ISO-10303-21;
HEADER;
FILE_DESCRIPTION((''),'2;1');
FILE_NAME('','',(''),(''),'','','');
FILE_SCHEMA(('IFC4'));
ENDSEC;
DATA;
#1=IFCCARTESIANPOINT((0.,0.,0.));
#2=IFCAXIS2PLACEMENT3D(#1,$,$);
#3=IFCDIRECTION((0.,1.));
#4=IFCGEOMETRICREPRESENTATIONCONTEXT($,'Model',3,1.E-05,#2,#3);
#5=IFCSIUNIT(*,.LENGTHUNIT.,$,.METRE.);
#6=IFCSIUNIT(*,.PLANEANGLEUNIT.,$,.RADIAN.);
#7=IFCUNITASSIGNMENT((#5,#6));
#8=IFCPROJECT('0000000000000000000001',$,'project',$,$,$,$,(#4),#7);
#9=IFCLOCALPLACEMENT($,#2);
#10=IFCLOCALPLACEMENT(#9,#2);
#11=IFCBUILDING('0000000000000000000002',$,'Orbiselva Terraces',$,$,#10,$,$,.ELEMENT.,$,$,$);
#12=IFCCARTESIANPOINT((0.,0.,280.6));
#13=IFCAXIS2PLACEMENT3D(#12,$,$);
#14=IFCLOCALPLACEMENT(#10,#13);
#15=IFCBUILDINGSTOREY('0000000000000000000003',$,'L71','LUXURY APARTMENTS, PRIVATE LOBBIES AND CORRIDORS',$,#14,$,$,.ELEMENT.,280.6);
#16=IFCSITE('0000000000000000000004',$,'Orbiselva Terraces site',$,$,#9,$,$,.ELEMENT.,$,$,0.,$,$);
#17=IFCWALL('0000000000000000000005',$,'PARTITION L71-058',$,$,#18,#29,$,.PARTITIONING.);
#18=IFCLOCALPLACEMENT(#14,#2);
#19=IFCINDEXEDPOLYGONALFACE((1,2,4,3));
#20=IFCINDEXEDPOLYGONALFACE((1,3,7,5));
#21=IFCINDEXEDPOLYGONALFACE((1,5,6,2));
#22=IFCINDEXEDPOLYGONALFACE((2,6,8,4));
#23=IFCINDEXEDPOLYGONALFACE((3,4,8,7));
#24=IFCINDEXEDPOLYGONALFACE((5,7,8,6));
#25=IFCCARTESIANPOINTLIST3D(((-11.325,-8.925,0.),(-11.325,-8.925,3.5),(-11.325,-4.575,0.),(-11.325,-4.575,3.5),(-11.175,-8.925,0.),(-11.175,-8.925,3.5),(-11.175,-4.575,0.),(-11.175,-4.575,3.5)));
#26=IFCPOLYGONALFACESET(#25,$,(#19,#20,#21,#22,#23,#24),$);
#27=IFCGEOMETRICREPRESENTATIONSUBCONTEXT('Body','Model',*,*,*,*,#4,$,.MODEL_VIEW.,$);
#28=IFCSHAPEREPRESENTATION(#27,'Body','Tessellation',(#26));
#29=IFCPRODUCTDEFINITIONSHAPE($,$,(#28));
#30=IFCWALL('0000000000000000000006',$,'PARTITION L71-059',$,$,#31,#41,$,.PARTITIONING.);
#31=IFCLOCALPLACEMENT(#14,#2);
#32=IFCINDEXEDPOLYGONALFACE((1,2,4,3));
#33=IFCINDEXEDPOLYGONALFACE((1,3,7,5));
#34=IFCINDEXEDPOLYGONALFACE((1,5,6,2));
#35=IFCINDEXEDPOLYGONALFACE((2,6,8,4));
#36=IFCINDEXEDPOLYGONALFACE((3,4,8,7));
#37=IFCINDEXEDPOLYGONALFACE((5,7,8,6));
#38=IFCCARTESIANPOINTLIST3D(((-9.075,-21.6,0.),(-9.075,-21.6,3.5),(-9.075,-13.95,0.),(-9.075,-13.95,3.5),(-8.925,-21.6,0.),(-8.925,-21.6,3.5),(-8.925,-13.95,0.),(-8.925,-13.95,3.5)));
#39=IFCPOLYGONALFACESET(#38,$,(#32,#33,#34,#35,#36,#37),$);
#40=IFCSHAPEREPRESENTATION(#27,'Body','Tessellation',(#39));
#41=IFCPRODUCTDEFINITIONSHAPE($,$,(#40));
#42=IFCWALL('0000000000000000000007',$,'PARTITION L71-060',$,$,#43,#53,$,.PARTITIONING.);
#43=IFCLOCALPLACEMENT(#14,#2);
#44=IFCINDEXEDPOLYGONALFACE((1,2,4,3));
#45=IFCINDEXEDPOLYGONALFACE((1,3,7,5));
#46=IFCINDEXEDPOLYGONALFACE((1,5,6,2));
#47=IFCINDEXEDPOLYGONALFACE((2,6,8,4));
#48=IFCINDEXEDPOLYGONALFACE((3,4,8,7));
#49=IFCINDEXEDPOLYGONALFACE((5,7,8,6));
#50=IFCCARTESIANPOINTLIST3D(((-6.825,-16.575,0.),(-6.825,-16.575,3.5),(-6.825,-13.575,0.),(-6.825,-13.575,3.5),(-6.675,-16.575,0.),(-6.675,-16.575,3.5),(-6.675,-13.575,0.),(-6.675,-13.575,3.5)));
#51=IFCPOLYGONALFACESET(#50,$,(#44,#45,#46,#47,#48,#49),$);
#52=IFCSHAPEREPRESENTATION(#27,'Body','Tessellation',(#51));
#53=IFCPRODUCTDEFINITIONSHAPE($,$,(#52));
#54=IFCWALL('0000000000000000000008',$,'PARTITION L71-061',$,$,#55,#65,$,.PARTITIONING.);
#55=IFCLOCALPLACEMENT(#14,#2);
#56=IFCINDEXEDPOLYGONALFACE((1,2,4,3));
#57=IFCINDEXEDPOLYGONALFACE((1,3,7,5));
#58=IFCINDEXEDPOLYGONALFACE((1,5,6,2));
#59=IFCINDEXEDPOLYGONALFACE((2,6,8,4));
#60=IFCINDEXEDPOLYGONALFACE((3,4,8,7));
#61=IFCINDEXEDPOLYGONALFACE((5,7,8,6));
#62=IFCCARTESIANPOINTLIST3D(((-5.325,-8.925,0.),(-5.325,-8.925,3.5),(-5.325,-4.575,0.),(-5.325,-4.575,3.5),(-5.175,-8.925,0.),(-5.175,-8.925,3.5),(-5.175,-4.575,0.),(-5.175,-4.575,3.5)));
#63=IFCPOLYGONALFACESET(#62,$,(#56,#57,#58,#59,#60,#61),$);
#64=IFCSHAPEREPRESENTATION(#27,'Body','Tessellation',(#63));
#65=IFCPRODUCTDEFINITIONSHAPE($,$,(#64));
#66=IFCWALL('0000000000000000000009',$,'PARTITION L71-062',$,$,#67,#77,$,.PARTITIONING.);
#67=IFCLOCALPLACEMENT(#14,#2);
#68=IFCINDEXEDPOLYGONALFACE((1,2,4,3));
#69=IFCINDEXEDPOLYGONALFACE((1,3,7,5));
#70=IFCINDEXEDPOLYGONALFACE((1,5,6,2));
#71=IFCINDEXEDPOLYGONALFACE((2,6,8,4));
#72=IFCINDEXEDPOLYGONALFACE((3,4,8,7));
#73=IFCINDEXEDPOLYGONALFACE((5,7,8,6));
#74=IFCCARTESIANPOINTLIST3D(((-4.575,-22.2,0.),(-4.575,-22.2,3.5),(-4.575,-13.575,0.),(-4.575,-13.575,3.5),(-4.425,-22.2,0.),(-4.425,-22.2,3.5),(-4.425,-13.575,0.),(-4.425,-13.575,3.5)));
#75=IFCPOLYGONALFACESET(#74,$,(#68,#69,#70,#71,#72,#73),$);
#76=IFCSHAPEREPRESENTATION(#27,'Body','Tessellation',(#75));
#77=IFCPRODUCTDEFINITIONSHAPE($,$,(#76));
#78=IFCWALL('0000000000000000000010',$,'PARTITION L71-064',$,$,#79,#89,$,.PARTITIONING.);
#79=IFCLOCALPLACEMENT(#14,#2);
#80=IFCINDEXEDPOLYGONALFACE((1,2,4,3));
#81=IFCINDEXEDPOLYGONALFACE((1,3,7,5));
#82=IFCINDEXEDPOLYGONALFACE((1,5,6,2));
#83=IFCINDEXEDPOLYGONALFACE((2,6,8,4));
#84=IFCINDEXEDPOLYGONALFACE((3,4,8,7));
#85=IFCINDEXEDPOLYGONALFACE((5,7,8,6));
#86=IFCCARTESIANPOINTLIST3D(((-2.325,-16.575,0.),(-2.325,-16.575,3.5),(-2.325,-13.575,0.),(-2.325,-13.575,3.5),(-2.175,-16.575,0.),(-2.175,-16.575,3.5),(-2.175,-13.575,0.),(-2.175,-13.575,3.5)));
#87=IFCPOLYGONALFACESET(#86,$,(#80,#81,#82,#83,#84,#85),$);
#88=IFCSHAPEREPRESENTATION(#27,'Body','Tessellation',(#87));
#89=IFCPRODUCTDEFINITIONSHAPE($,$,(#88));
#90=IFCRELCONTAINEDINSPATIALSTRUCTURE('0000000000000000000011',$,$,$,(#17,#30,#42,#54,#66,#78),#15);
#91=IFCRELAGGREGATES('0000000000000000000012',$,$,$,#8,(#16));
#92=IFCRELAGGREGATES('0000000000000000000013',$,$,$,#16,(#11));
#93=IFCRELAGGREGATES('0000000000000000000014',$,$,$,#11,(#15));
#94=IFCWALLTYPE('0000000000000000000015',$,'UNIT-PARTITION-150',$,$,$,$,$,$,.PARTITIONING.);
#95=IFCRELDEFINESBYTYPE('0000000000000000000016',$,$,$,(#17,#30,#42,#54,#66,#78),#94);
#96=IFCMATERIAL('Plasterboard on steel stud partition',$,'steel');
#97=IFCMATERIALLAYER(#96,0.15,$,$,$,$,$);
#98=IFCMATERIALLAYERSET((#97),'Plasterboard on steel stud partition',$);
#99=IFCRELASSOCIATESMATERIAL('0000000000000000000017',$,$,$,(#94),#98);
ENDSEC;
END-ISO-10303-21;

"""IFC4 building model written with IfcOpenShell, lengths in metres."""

from ifc_helpers import new_model, si_unit, direction, frame, frame_2d, origin, place, context, subcontext, project, spatial, rectangle, extrude, material, layer, layer_set, type_object, element, save


model = new_model("IFC4")

# Units and contexts
model_context = context("Model", 3, precision=1e-05, world=origin(), true_north=direction((0.0, 1.0)))
body_context = subcontext(model_context, "Body", "Model", "MODEL_VIEW")
ifc_project = project(units=[si_unit("LENGTHUNIT", "METRE"), si_unit("PLANEANGLEUNIT", "RADIAN")], contexts=[model_context])

# Site, building, storey
site_placement = place(None, origin())
site = spatial("IfcSite", under=ifc_project, at=site_placement, Name="Orbiselva Terraces site", CompositionType="ELEMENT", RefElevation=0.0)
building_placement = place(site_placement, origin())
building = spatial("IfcBuilding", under=site, at=building_placement, Name="Orbiselva Terraces", CompositionType="ELEMENT")
storey_placement = place(building_placement, frame((0.0, 0.0, 280.6)))
storey = spatial("IfcBuildingStorey", under=building, at=storey_placement, Name="L71", Description="LUXURY APARTMENTS, PRIVATE LOBBIES AND CORRIDORS", CompositionType="ELEMENT", Elevation=280.6)

# Shared definitions
ifc_material_1 = material(Name="Plasterboard on steel stud partition", Category="steel")
ifc_layer_1 = layer(ifc_material_1, 0.15)
ifc_layer_set_1 = layer_set([ifc_layer_1], Name="Plasterboard on steel stud partition")
wall_type_1 = type_object("IfcWallType", Name="UNIT-PARTITION-150", PredefinedType="PARTITIONING", material=ifc_layer_set_1)

# Walls
wall_1_placement = place(storey_placement, frame((-11.25, -8.925, 0.0), z_axis=(0.0, 0.0, 1.0), x_axis=(0.0, 1.0, 0.0)))
element("IfcWall", 1, at=wall_1_placement, inside=storey, type_object=wall_type_1, Name="PARTITION L71-058", PredefinedType="PARTITIONING", context=body_context, shape_type="SweptSolid", body=[
    extrude(rectangle(XDim=4.35, YDim=0.15, at=frame_2d((2.175, 0.0))), origin(), (0.0, 0.0, 1.0), 3.5),
])
wall_2_placement = place(storey_placement, frame((-9.0, -21.6, 0.0), z_axis=(0.0, 0.0, 1.0), x_axis=(0.0, 1.0, 0.0)))
element("IfcWall", 2, at=wall_2_placement, inside=storey, type_object=wall_type_1, Name="PARTITION L71-059", PredefinedType="PARTITIONING", context=body_context, shape_type="SweptSolid", body=[
    extrude(rectangle(XDim=7.65, YDim=0.15, at=frame_2d((3.825, 0.0))), origin(), (0.0, 0.0, 1.0), 3.5),
])
wall_3_placement = place(storey_placement, frame((-6.75, -16.575, 0.0), z_axis=(0.0, 0.0, 1.0), x_axis=(0.0, 1.0, 0.0)))
element("IfcWall", 3, at=wall_3_placement, inside=storey, type_object=wall_type_1, Name="PARTITION L71-060", PredefinedType="PARTITIONING", context=body_context, shape_type="SweptSolid", body=[
    extrude(rectangle(XDim=3.0, YDim=0.15, at=frame_2d((1.5, 0.0))), origin(), (0.0, 0.0, 1.0), 3.5),
])
wall_4_placement = place(storey_placement, frame((-5.25, -8.925, 0.0), z_axis=(0.0, 0.0, 1.0), x_axis=(0.0, 1.0, 0.0)))
element("IfcWall", 4, at=wall_4_placement, inside=storey, type_object=wall_type_1, Name="PARTITION L71-061", PredefinedType="PARTITIONING", context=body_context, shape_type="SweptSolid", body=[
    extrude(rectangle(XDim=4.35, YDim=0.15, at=frame_2d((2.175, 0.0))), origin(), (0.0, 0.0, 1.0), 3.5),
])
wall_5_placement = place(storey_placement, frame((-4.5, -22.2, 0.0), z_axis=(0.0, 0.0, 1.0), x_axis=(0.0, 1.0, 0.0)))
element("IfcWall", 5, at=wall_5_placement, inside=storey, type_object=wall_type_1, Name="PARTITION L71-062", PredefinedType="PARTITIONING", context=body_context, shape_type="SweptSolid", body=[
    extrude(rectangle(XDim=8.625, YDim=0.15, at=frame_2d((4.3125, 0.0))), origin(), (0.0, 0.0, 1.0), 3.5),
])
wall_6_placement = place(storey_placement, frame((-2.25, -16.575, 0.0), z_axis=(0.0, 0.0, 1.0), x_axis=(0.0, 1.0, 0.0)))
element("IfcWall", 6, at=wall_6_placement, inside=storey, type_object=wall_type_1, Name="PARTITION L71-064", PredefinedType="PARTITIONING", context=body_context, shape_type="SweptSolid", body=[
    extrude(rectangle(XDim=3.0, YDim=0.15, at=frame_2d((1.5, 0.0))), origin(), (0.0, 0.0, 1.0), 3.5),
])

save(model, "model.ifc")
